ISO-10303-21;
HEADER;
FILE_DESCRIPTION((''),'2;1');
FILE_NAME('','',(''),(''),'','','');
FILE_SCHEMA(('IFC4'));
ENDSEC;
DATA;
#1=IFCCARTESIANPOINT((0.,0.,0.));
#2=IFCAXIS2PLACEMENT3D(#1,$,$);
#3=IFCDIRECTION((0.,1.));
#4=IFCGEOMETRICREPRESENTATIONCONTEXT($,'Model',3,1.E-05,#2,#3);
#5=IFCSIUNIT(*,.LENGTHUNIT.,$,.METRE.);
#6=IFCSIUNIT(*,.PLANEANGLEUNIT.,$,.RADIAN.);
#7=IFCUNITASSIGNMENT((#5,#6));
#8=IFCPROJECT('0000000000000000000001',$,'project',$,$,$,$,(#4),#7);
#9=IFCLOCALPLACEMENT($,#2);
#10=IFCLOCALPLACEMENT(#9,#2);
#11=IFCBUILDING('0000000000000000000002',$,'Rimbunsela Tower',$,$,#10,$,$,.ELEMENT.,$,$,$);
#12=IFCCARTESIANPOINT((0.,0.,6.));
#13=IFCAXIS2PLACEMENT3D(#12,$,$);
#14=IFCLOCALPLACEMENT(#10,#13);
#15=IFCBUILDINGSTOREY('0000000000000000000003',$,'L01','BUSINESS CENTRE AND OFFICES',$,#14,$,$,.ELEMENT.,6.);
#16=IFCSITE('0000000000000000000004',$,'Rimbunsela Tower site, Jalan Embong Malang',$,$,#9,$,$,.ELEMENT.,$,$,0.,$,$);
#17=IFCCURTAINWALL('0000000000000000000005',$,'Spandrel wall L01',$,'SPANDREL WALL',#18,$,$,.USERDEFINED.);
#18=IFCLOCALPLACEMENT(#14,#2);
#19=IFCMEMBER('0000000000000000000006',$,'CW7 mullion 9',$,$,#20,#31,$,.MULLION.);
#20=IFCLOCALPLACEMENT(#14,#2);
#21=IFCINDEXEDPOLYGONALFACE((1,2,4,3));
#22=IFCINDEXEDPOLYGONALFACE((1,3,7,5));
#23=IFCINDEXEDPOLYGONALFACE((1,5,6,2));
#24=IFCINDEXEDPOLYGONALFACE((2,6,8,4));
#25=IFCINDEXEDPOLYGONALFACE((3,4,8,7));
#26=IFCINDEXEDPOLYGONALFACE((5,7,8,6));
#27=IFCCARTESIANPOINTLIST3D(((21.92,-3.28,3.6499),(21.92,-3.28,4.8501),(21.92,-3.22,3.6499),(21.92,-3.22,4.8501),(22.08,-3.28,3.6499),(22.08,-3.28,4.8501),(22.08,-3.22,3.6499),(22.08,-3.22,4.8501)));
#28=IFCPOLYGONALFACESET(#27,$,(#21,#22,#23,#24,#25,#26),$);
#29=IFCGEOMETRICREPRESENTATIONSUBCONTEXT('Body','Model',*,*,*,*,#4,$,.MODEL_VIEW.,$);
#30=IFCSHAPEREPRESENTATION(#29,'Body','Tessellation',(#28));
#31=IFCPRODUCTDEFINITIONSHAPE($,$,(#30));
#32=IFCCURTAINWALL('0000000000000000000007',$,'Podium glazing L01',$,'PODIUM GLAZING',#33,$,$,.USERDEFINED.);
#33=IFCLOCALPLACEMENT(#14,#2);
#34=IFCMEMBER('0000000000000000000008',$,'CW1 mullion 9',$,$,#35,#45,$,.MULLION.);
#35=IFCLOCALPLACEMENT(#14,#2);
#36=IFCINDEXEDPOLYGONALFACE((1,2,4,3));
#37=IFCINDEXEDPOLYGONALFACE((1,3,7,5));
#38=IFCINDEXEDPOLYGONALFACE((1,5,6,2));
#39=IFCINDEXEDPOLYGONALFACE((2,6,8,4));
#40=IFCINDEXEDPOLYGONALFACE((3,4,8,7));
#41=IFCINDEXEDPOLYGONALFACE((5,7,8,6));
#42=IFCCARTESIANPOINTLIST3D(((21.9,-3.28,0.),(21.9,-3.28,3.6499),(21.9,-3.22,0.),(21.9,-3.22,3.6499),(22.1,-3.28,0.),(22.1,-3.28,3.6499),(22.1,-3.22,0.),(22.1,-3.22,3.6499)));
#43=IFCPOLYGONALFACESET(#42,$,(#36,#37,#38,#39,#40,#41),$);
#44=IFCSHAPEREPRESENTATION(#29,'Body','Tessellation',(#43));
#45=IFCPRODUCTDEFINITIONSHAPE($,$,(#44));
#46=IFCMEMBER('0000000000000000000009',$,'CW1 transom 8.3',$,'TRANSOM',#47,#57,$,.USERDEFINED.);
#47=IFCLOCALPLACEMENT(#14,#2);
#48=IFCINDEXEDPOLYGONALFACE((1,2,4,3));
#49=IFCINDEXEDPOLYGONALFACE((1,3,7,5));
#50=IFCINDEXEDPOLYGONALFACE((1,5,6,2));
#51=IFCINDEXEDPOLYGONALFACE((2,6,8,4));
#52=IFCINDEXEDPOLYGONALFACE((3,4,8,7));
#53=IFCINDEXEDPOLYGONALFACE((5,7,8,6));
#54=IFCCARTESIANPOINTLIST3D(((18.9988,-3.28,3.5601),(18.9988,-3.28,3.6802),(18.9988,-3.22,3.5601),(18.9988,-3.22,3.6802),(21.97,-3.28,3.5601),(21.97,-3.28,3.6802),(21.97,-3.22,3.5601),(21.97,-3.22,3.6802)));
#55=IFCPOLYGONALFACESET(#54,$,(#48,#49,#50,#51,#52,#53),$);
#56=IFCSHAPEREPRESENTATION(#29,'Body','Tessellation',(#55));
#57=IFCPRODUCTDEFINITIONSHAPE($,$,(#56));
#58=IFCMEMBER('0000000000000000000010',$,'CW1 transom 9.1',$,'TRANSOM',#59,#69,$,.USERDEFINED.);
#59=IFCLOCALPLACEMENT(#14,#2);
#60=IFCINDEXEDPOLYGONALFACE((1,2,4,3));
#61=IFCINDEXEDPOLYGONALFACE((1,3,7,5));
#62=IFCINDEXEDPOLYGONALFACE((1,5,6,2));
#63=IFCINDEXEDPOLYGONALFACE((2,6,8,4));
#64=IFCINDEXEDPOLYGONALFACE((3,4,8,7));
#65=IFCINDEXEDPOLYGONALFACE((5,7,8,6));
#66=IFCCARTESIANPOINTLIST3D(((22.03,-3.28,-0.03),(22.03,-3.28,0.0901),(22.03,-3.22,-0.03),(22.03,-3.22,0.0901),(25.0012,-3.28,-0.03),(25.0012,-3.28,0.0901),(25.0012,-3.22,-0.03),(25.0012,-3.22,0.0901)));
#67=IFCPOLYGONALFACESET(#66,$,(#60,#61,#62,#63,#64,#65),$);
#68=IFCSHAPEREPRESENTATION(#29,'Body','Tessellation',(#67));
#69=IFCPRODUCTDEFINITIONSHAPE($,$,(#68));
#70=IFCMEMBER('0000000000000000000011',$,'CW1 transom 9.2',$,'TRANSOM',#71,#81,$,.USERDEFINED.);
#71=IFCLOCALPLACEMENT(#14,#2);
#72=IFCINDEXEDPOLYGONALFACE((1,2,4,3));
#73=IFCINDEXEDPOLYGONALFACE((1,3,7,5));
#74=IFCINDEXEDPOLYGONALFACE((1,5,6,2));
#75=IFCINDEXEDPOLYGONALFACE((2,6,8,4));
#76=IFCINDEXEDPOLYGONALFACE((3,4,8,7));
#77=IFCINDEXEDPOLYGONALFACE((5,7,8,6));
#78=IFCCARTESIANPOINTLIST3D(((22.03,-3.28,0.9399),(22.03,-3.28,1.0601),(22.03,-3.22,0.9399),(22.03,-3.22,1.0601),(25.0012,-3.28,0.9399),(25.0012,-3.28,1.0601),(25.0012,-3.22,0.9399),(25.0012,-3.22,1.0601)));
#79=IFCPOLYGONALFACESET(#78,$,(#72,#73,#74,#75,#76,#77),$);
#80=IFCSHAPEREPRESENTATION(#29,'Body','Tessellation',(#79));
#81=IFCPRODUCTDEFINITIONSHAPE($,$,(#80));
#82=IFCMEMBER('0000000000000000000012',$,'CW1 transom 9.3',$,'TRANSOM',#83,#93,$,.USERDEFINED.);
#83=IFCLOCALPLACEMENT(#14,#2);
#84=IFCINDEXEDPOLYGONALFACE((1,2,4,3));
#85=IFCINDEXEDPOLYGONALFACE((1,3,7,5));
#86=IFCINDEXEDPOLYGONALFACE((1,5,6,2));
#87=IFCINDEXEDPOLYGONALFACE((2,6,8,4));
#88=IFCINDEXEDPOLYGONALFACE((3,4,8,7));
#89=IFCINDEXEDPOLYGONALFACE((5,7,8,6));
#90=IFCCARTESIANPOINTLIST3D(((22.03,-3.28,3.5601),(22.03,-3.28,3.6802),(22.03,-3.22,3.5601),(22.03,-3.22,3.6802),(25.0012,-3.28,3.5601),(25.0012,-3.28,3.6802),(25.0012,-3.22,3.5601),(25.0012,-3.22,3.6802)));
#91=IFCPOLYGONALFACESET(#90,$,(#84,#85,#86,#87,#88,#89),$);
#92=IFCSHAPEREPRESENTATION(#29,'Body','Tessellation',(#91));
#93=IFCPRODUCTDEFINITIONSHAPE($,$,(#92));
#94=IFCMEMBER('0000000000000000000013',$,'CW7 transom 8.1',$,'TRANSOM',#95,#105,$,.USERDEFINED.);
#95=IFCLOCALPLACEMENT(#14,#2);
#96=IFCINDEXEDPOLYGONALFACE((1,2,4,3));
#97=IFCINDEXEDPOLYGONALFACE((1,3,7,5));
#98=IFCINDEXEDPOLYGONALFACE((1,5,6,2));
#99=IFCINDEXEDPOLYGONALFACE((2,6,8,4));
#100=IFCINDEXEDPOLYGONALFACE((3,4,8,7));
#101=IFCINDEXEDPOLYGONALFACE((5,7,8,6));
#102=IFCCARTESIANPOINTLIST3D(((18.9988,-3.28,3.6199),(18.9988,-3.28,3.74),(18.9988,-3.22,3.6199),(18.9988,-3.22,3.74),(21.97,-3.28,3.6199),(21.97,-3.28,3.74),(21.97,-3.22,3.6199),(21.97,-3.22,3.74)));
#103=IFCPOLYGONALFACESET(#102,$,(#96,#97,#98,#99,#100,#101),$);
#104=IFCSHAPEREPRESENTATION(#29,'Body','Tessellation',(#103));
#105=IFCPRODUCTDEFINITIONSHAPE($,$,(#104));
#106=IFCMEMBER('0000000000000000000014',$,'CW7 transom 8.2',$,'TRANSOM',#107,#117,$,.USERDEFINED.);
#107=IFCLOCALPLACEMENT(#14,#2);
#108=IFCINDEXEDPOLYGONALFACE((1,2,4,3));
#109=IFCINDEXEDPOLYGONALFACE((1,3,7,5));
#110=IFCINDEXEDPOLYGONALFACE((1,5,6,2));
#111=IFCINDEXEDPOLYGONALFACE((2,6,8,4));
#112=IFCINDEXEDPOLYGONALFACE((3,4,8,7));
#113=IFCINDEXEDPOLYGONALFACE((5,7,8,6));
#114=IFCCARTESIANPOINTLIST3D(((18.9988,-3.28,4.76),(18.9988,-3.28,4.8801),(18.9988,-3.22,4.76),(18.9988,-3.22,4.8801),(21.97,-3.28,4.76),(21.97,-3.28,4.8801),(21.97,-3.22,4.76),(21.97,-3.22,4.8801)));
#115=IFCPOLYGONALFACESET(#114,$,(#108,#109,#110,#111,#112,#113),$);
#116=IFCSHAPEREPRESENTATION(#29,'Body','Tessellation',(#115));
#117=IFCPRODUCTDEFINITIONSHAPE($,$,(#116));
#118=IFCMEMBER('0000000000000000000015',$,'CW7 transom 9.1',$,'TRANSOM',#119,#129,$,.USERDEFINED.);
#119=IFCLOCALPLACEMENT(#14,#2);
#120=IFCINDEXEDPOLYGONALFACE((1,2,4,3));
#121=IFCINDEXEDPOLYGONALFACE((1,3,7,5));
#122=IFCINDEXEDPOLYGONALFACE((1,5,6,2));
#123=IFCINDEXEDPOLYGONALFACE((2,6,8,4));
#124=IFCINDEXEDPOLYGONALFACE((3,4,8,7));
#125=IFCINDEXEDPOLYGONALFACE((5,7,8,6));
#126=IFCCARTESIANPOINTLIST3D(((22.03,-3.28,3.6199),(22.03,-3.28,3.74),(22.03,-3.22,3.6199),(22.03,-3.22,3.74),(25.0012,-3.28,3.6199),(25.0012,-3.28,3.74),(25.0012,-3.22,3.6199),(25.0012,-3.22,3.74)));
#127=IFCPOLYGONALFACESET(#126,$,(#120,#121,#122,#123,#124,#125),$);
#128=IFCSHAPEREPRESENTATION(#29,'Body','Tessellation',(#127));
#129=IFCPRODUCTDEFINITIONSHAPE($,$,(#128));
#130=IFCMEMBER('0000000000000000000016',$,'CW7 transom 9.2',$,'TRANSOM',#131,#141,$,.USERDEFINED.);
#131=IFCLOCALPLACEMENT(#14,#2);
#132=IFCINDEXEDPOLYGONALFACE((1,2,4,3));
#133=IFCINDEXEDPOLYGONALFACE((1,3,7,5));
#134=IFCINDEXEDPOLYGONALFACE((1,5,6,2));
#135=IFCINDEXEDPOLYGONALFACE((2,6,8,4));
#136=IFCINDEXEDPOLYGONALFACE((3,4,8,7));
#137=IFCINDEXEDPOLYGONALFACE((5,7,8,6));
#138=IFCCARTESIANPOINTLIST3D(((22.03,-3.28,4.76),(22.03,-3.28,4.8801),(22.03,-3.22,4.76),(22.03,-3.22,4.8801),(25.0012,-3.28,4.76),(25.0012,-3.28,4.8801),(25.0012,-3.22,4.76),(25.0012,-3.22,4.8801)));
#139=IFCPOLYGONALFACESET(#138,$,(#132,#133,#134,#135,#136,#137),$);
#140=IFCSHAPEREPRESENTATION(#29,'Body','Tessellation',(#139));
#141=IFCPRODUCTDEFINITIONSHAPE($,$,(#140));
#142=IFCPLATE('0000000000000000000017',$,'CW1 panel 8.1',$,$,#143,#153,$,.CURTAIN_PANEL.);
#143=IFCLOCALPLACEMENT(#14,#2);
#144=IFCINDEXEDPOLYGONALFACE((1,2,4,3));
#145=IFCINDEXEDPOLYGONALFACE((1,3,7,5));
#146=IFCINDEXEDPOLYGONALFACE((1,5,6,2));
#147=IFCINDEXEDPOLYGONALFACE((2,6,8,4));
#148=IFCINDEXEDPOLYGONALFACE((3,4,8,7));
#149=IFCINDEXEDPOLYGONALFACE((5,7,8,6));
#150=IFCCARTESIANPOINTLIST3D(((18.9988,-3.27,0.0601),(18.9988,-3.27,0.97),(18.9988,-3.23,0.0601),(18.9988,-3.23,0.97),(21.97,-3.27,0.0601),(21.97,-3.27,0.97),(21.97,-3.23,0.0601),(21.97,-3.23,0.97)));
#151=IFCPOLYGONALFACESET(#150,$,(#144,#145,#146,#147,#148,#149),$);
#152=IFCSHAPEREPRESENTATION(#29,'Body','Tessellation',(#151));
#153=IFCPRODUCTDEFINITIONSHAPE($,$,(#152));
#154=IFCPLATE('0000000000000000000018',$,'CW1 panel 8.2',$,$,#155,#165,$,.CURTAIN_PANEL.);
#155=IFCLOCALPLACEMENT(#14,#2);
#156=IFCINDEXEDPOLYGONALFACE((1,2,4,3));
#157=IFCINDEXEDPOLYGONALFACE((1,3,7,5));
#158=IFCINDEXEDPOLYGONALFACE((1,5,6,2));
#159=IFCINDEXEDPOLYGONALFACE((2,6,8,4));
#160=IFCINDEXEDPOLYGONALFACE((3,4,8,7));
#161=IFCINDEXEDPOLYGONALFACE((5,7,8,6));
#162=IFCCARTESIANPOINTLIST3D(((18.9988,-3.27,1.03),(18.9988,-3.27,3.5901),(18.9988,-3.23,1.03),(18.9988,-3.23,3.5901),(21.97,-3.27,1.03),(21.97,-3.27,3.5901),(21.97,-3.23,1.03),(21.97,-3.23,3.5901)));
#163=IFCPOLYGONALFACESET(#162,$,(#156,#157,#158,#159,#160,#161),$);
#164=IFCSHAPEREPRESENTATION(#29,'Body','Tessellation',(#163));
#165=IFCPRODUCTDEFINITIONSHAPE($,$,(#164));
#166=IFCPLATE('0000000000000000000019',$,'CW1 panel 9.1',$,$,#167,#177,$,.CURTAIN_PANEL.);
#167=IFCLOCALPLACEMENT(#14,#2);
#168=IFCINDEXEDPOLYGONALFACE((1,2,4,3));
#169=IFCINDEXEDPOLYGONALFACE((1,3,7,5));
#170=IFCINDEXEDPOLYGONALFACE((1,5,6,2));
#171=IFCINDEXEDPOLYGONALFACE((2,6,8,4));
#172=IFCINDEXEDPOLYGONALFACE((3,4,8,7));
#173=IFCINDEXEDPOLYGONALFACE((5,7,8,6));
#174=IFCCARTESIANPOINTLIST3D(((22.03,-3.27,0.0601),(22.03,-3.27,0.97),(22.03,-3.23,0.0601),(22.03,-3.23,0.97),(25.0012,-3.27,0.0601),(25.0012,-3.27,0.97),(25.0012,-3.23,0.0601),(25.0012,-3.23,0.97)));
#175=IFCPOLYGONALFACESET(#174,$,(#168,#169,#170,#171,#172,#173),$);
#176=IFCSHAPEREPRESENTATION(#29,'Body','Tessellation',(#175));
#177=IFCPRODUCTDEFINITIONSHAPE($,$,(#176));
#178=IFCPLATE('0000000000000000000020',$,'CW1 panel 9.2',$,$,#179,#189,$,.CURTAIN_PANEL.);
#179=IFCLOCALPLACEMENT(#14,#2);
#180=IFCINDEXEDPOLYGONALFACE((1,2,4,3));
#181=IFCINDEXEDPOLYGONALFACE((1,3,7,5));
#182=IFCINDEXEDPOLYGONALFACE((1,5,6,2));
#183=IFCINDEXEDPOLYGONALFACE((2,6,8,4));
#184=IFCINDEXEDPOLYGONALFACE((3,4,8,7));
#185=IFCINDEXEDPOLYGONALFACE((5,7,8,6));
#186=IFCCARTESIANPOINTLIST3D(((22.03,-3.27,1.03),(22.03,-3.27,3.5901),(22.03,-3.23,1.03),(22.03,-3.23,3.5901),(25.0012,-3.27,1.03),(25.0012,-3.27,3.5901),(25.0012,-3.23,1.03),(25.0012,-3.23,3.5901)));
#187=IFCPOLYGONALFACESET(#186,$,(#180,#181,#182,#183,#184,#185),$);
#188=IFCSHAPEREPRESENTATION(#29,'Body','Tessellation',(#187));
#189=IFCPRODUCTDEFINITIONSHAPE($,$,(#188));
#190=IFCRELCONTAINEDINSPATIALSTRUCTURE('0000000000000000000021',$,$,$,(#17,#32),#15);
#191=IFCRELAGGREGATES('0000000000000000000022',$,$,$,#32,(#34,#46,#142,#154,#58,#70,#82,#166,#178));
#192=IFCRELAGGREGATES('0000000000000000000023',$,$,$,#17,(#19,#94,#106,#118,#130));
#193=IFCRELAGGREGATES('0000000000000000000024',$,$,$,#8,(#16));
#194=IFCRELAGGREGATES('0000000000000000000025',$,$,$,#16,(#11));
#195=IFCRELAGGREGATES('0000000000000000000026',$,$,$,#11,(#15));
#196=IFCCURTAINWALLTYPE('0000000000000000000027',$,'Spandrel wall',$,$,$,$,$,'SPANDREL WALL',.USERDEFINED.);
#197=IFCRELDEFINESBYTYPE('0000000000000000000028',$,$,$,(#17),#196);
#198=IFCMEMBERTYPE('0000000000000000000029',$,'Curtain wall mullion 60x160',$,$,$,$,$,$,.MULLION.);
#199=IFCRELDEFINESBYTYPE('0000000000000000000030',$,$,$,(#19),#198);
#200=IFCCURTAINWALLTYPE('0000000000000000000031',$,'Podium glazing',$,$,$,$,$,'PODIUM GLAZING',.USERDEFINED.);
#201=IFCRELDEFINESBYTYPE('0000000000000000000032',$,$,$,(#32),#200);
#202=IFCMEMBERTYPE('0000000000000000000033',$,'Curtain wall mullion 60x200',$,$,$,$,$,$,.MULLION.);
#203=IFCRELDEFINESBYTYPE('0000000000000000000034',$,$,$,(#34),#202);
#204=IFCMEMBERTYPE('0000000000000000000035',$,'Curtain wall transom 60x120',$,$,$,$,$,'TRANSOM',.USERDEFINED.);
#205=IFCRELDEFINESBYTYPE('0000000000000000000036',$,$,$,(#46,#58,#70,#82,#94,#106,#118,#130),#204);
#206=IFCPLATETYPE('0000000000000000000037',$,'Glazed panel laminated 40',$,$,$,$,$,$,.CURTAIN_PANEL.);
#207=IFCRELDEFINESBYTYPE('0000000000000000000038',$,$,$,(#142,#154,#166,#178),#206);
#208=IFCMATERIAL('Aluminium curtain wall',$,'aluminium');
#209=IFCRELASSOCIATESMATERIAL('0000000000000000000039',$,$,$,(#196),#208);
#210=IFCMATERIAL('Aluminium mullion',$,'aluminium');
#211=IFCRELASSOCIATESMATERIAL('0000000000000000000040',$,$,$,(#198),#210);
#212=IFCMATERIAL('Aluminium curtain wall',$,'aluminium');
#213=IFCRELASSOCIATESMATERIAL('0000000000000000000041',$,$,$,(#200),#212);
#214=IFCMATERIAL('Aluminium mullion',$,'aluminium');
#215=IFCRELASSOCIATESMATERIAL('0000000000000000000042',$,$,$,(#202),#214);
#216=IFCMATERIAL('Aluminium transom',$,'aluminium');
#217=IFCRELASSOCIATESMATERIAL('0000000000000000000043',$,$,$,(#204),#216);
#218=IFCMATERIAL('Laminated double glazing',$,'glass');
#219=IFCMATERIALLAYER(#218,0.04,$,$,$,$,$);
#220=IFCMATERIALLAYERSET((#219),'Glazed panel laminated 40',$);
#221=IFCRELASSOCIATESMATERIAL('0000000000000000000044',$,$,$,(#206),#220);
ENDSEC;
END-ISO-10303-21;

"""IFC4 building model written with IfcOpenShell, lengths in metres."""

from ifc_helpers import new_model, si_unit, direction, frame, origin, origin_2d, place, context, subcontext, project, spatial, rectangle, extrude, material, layer, layer_set, material_profile, profile_set, type_object, element, aggregate, save


model = new_model("IFC4")

# Units and contexts
model_context = context("Model", 3, precision=1e-05, world=origin(), true_north=direction((0.0, 1.0)))
body_context = subcontext(model_context, "Body", "Model", "MODEL_VIEW")
ifc_project = project(units=[si_unit("LENGTHUNIT", "METRE"), si_unit("PLANEANGLEUNIT", "RADIAN")], contexts=[model_context])

# Site, building, storey
site_placement = place(None, origin())
site = spatial("IfcSite", under=ifc_project, at=site_placement, Name="Rimbunsela Tower site, Jalan Embong Malang", CompositionType="ELEMENT", RefElevation=0.0)
building_placement = place(site_placement, origin())
building = spatial("IfcBuilding", under=site, at=building_placement, Name="Rimbunsela Tower", CompositionType="ELEMENT")
storey_placement = place(building_placement, frame((0.0, 0.0, 6.0)))
storey = spatial("IfcBuildingStorey", under=building, at=storey_placement, Name="L01", Description="BUSINESS CENTRE AND OFFICES", CompositionType="ELEMENT", Elevation=6.0)

# Curtain wall, member
ifc_material_1 = material(Name="Aluminium curtain wall", Category="aluminium")
curtain_wall_type_1 = type_object("IfcCurtainWallType", Name="Spandrel wall", ElementType="SPANDREL WALL", PredefinedType="USERDEFINED", material=ifc_material_1)
curtain_wall_1_placement = place(storey_placement, origin())
curtain_wall_1 = element("IfcCurtainWall", 1, at=curtain_wall_1_placement, inside=storey, type_object=curtain_wall_type_1, Name="Spandrel wall L01", ObjectType="SPANDREL WALL", PredefinedType="USERDEFINED")
ifc_material_2 = material(Name="Aluminium mullion", Category="aluminium")
ifc_material_profile_1 = material_profile(ifc_material_2, rectangle(XDim=0.0601, YDim=0.1599, at=origin_2d()), Name="Mullion 60x160")
ifc_profile_set_1 = profile_set([ifc_material_profile_1], Name="Aluminium mullion")
member_type_1 = type_object("IfcMemberType", Name="Curtain wall mullion 60x160", PredefinedType="MULLION", material=ifc_profile_set_1)
member_1_placement = place(storey_placement, frame((22.0, -3.25, 3.6499), z_axis=(0.0, 0.0, 1.0), x_axis=(0.0, 1.0, 0.0)))
member_1 = element("IfcMember", 2, at=member_1_placement, type_object=member_type_1, Name="CW7 mullion 9", PredefinedType="MULLION", context=body_context, shape_type="SweptSolid", body=[
    extrude(rectangle(XDim=0.0601, YDim=0.1599, at=origin_2d()), origin(), (0.0, 0.0, 1.0), 1.2002),
])

# Curtain wall, members
ifc_material_3 = material(Name="Aluminium curtain wall", Category="aluminium")
curtain_wall_type_2 = type_object("IfcCurtainWallType", Name="Podium glazing", ElementType="PODIUM GLAZING", PredefinedType="USERDEFINED", material=ifc_material_3)
curtain_wall_2_placement = place(storey_placement, origin())
curtain_wall_2 = element("IfcCurtainWall", 3, at=curtain_wall_2_placement, inside=storey, type_object=curtain_wall_type_2, Name="Podium glazing L01", ObjectType="PODIUM GLAZING", PredefinedType="USERDEFINED")
ifc_material_4 = material(Name="Aluminium mullion", Category="aluminium")
ifc_material_profile_2 = material_profile(ifc_material_4, rectangle(XDim=0.0601, YDim=0.2, at=origin_2d()), Name="Mullion 60x200")
ifc_profile_set_2 = profile_set([ifc_material_profile_2], Name="Aluminium mullion")
member_type_2 = type_object("IfcMemberType", Name="Curtain wall mullion 60x200", PredefinedType="MULLION", material=ifc_profile_set_2)
member_2_placement = place(storey_placement, frame((22.0, -3.25, 0.0), z_axis=(0.0, 0.0, 1.0), x_axis=(0.0, 1.0, 0.0)))
member_2 = element("IfcMember", 4, at=member_2_placement, type_object=member_type_2, Name="CW1 mullion 9", PredefinedType="MULLION", context=body_context, shape_type="SweptSolid", body=[
    extrude(rectangle(XDim=0.0601, YDim=0.2, at=origin_2d()), origin(), (0.0, 0.0, 1.0), 3.6499),
])
ifc_material_5 = material(Name="Aluminium transom", Category="aluminium")
ifc_material_profile_3 = material_profile(ifc_material_5, rectangle(XDim=0.0601, YDim=0.1201, at=origin_2d()), Name="Transom 60x120")
ifc_profile_set_3 = profile_set([ifc_material_profile_3], Name="Aluminium transom")
member_type_3 = type_object("IfcMemberType", Name="Curtain wall transom 60x120", ElementType="TRANSOM", PredefinedType="USERDEFINED", material=ifc_profile_set_3)
member_3_placement = place(storey_placement, frame((18.9988, -3.25, 3.6201), z_axis=(1.0, 0.0, 0.0), x_axis=(0.0, 1.0, 0.0)))
member_3 = element("IfcMember", 5, at=member_3_placement, type_object=member_type_3, Name="CW1 transom 8.3", ObjectType="TRANSOM", PredefinedType="USERDEFINED", context=body_context, shape_type="SweptSolid", body=[
    extrude(rectangle(XDim=0.0601, YDim=0.1201, at=origin_2d()), origin(), (0.0, 0.0, 1.0), 2.9712),
])
member_4_placement = place(storey_placement, frame((22.03, -3.25, 0.03), z_axis=(1.0, 0.0, 0.0), x_axis=(0.0, 1.0, 0.0)))
member_4 = element("IfcMember", 6, at=member_4_placement, type_object=member_type_3, Name="CW1 transom 9.1", ObjectType="TRANSOM", PredefinedType="USERDEFINED", context=body_context, shape_type="SweptSolid", body=[
    extrude(rectangle(XDim=0.0601, YDim=0.1201, at=origin_2d()), origin(), (0.0, 0.0, 1.0), 2.9712),
])
member_5_placement = place(storey_placement, frame((22.03, -3.25, 1.0), z_axis=(1.0, 0.0, 0.0), x_axis=(0.0, 1.0, 0.0)))
member_5 = element("IfcMember", 7, at=member_5_placement, type_object=member_type_3, Name="CW1 transom 9.2", ObjectType="TRANSOM", PredefinedType="USERDEFINED", context=body_context, shape_type="SweptSolid", body=[
    extrude(rectangle(XDim=0.0601, YDim=0.1201, at=origin_2d()), origin(), (0.0, 0.0, 1.0), 2.9712),
])
member_6_placement = place(storey_placement, frame((22.03, -3.25, 3.6201), z_axis=(1.0, 0.0, 0.0), x_axis=(0.0, 1.0, 0.0)))
member_6 = element("IfcMember", 8, at=member_6_placement, type_object=member_type_3, Name="CW1 transom 9.3", ObjectType="TRANSOM", PredefinedType="USERDEFINED", context=body_context, shape_type="SweptSolid", body=[
    extrude(rectangle(XDim=0.0601, YDim=0.1201, at=origin_2d()), origin(), (0.0, 0.0, 1.0), 2.9712),
])

# Members
member_7_placement = place(storey_placement, frame((18.9988, -3.25, 3.6799), z_axis=(1.0, 0.0, 0.0), x_axis=(0.0, 1.0, 0.0)))
member_7 = element("IfcMember", 9, at=member_7_placement, type_object=member_type_3, Name="CW7 transom 8.1", ObjectType="TRANSOM", PredefinedType="USERDEFINED", context=body_context, shape_type="SweptSolid", body=[
    extrude(rectangle(XDim=0.0601, YDim=0.1201, at=origin_2d()), origin(), (0.0, 0.0, 1.0), 2.9712),
])
member_8_placement = place(storey_placement, frame((18.9988, -3.25, 4.8201), z_axis=(1.0, 0.0, 0.0), x_axis=(0.0, 1.0, 0.0)))
member_8 = element("IfcMember", 10, at=member_8_placement, type_object=member_type_3, Name="CW7 transom 8.2", ObjectType="TRANSOM", PredefinedType="USERDEFINED", context=body_context, shape_type="SweptSolid", body=[
    extrude(rectangle(XDim=0.0601, YDim=0.1201, at=origin_2d()), origin(), (0.0, 0.0, 1.0), 2.9712),
])
member_9_placement = place(storey_placement, frame((22.03, -3.25, 3.6799), z_axis=(1.0, 0.0, 0.0), x_axis=(0.0, 1.0, 0.0)))
member_9 = element("IfcMember", 11, at=member_9_placement, type_object=member_type_3, Name="CW7 transom 9.1", ObjectType="TRANSOM", PredefinedType="USERDEFINED", context=body_context, shape_type="SweptSolid", body=[
    extrude(rectangle(XDim=0.0601, YDim=0.1201, at=origin_2d()), origin(), (0.0, 0.0, 1.0), 2.9712),
])
member_10_placement = place(storey_placement, frame((22.03, -3.25, 4.8201), z_axis=(1.0, 0.0, 0.0), x_axis=(0.0, 1.0, 0.0)))
member_10 = element("IfcMember", 12, at=member_10_placement, type_object=member_type_3, Name="CW7 transom 9.2", ObjectType="TRANSOM", PredefinedType="USERDEFINED", context=body_context, shape_type="SweptSolid", body=[
    extrude(rectangle(XDim=0.0601, YDim=0.1201, at=origin_2d()), origin(), (0.0, 0.0, 1.0), 2.9712),
])

# Plates
ifc_material_6 = material(Name="Laminated double glazing", Category="glass")
ifc_layer_1 = layer(ifc_material_6, 0.04)
ifc_layer_set_1 = layer_set([ifc_layer_1], Name="Glazed panel laminated 40")
plate_type_1 = type_object("IfcPlateType", Name="Glazed panel laminated 40", PredefinedType="CURTAIN_PANEL", material=ifc_layer_set_1)
plate_1_placement = place(storey_placement, frame((20.4844, -3.25, 0.0601), z_axis=(0.0, 0.0, 1.0), x_axis=(1.0, 0.0, 0.0)))
plate_1 = element("IfcPlate", 13, at=plate_1_placement, type_object=plate_type_1, Name="CW1 panel 8.1", PredefinedType="CURTAIN_PANEL", context=body_context, shape_type="SweptSolid", body=[
    extrude(rectangle(XDim=2.9712, YDim=0.04, at=origin_2d()), origin(), (0.0, 0.0, 1.0), 0.9099),
])
plate_2_placement = place(storey_placement, frame((20.4844, -3.25, 1.03), z_axis=(0.0, 0.0, 1.0), x_axis=(1.0, 0.0, 0.0)))
plate_2 = element("IfcPlate", 14, at=plate_2_placement, type_object=plate_type_1, Name="CW1 panel 8.2", PredefinedType="CURTAIN_PANEL", context=body_context, shape_type="SweptSolid", body=[
    extrude(rectangle(XDim=2.9712, YDim=0.04, at=origin_2d()), origin(), (0.0, 0.0, 1.0), 2.5601),
])
plate_3_placement = place(storey_placement, frame((23.5156, -3.25, 0.0601), z_axis=(0.0, 0.0, 1.0), x_axis=(1.0, 0.0, 0.0)))
plate_3 = element("IfcPlate", 15, at=plate_3_placement, type_object=plate_type_1, Name="CW1 panel 9.1", PredefinedType="CURTAIN_PANEL", context=body_context, shape_type="SweptSolid", body=[
    extrude(rectangle(XDim=2.9712, YDim=0.04, at=origin_2d()), origin(), (0.0, 0.0, 1.0), 0.9099),
])
plate_4_placement = place(storey_placement, frame((23.5156, -3.25, 1.03), z_axis=(0.0, 0.0, 1.0), x_axis=(1.0, 0.0, 0.0)))
plate_4 = element("IfcPlate", 16, at=plate_4_placement, type_object=plate_type_1, Name="CW1 panel 9.2", PredefinedType="CURTAIN_PANEL", context=body_context, shape_type="SweptSolid", body=[
    extrude(rectangle(XDim=2.9712, YDim=0.04, at=origin_2d()), origin(), (0.0, 0.0, 1.0), 2.5601),
])
aggregate(curtain_wall_2, [member_2, member_3, plate_1, plate_2, member_4, member_5, member_6, plate_3, plate_4])
aggregate(curtain_wall_1, [member_1, member_7, member_8, member_9, member_10])

save(model, "model.ifc")
